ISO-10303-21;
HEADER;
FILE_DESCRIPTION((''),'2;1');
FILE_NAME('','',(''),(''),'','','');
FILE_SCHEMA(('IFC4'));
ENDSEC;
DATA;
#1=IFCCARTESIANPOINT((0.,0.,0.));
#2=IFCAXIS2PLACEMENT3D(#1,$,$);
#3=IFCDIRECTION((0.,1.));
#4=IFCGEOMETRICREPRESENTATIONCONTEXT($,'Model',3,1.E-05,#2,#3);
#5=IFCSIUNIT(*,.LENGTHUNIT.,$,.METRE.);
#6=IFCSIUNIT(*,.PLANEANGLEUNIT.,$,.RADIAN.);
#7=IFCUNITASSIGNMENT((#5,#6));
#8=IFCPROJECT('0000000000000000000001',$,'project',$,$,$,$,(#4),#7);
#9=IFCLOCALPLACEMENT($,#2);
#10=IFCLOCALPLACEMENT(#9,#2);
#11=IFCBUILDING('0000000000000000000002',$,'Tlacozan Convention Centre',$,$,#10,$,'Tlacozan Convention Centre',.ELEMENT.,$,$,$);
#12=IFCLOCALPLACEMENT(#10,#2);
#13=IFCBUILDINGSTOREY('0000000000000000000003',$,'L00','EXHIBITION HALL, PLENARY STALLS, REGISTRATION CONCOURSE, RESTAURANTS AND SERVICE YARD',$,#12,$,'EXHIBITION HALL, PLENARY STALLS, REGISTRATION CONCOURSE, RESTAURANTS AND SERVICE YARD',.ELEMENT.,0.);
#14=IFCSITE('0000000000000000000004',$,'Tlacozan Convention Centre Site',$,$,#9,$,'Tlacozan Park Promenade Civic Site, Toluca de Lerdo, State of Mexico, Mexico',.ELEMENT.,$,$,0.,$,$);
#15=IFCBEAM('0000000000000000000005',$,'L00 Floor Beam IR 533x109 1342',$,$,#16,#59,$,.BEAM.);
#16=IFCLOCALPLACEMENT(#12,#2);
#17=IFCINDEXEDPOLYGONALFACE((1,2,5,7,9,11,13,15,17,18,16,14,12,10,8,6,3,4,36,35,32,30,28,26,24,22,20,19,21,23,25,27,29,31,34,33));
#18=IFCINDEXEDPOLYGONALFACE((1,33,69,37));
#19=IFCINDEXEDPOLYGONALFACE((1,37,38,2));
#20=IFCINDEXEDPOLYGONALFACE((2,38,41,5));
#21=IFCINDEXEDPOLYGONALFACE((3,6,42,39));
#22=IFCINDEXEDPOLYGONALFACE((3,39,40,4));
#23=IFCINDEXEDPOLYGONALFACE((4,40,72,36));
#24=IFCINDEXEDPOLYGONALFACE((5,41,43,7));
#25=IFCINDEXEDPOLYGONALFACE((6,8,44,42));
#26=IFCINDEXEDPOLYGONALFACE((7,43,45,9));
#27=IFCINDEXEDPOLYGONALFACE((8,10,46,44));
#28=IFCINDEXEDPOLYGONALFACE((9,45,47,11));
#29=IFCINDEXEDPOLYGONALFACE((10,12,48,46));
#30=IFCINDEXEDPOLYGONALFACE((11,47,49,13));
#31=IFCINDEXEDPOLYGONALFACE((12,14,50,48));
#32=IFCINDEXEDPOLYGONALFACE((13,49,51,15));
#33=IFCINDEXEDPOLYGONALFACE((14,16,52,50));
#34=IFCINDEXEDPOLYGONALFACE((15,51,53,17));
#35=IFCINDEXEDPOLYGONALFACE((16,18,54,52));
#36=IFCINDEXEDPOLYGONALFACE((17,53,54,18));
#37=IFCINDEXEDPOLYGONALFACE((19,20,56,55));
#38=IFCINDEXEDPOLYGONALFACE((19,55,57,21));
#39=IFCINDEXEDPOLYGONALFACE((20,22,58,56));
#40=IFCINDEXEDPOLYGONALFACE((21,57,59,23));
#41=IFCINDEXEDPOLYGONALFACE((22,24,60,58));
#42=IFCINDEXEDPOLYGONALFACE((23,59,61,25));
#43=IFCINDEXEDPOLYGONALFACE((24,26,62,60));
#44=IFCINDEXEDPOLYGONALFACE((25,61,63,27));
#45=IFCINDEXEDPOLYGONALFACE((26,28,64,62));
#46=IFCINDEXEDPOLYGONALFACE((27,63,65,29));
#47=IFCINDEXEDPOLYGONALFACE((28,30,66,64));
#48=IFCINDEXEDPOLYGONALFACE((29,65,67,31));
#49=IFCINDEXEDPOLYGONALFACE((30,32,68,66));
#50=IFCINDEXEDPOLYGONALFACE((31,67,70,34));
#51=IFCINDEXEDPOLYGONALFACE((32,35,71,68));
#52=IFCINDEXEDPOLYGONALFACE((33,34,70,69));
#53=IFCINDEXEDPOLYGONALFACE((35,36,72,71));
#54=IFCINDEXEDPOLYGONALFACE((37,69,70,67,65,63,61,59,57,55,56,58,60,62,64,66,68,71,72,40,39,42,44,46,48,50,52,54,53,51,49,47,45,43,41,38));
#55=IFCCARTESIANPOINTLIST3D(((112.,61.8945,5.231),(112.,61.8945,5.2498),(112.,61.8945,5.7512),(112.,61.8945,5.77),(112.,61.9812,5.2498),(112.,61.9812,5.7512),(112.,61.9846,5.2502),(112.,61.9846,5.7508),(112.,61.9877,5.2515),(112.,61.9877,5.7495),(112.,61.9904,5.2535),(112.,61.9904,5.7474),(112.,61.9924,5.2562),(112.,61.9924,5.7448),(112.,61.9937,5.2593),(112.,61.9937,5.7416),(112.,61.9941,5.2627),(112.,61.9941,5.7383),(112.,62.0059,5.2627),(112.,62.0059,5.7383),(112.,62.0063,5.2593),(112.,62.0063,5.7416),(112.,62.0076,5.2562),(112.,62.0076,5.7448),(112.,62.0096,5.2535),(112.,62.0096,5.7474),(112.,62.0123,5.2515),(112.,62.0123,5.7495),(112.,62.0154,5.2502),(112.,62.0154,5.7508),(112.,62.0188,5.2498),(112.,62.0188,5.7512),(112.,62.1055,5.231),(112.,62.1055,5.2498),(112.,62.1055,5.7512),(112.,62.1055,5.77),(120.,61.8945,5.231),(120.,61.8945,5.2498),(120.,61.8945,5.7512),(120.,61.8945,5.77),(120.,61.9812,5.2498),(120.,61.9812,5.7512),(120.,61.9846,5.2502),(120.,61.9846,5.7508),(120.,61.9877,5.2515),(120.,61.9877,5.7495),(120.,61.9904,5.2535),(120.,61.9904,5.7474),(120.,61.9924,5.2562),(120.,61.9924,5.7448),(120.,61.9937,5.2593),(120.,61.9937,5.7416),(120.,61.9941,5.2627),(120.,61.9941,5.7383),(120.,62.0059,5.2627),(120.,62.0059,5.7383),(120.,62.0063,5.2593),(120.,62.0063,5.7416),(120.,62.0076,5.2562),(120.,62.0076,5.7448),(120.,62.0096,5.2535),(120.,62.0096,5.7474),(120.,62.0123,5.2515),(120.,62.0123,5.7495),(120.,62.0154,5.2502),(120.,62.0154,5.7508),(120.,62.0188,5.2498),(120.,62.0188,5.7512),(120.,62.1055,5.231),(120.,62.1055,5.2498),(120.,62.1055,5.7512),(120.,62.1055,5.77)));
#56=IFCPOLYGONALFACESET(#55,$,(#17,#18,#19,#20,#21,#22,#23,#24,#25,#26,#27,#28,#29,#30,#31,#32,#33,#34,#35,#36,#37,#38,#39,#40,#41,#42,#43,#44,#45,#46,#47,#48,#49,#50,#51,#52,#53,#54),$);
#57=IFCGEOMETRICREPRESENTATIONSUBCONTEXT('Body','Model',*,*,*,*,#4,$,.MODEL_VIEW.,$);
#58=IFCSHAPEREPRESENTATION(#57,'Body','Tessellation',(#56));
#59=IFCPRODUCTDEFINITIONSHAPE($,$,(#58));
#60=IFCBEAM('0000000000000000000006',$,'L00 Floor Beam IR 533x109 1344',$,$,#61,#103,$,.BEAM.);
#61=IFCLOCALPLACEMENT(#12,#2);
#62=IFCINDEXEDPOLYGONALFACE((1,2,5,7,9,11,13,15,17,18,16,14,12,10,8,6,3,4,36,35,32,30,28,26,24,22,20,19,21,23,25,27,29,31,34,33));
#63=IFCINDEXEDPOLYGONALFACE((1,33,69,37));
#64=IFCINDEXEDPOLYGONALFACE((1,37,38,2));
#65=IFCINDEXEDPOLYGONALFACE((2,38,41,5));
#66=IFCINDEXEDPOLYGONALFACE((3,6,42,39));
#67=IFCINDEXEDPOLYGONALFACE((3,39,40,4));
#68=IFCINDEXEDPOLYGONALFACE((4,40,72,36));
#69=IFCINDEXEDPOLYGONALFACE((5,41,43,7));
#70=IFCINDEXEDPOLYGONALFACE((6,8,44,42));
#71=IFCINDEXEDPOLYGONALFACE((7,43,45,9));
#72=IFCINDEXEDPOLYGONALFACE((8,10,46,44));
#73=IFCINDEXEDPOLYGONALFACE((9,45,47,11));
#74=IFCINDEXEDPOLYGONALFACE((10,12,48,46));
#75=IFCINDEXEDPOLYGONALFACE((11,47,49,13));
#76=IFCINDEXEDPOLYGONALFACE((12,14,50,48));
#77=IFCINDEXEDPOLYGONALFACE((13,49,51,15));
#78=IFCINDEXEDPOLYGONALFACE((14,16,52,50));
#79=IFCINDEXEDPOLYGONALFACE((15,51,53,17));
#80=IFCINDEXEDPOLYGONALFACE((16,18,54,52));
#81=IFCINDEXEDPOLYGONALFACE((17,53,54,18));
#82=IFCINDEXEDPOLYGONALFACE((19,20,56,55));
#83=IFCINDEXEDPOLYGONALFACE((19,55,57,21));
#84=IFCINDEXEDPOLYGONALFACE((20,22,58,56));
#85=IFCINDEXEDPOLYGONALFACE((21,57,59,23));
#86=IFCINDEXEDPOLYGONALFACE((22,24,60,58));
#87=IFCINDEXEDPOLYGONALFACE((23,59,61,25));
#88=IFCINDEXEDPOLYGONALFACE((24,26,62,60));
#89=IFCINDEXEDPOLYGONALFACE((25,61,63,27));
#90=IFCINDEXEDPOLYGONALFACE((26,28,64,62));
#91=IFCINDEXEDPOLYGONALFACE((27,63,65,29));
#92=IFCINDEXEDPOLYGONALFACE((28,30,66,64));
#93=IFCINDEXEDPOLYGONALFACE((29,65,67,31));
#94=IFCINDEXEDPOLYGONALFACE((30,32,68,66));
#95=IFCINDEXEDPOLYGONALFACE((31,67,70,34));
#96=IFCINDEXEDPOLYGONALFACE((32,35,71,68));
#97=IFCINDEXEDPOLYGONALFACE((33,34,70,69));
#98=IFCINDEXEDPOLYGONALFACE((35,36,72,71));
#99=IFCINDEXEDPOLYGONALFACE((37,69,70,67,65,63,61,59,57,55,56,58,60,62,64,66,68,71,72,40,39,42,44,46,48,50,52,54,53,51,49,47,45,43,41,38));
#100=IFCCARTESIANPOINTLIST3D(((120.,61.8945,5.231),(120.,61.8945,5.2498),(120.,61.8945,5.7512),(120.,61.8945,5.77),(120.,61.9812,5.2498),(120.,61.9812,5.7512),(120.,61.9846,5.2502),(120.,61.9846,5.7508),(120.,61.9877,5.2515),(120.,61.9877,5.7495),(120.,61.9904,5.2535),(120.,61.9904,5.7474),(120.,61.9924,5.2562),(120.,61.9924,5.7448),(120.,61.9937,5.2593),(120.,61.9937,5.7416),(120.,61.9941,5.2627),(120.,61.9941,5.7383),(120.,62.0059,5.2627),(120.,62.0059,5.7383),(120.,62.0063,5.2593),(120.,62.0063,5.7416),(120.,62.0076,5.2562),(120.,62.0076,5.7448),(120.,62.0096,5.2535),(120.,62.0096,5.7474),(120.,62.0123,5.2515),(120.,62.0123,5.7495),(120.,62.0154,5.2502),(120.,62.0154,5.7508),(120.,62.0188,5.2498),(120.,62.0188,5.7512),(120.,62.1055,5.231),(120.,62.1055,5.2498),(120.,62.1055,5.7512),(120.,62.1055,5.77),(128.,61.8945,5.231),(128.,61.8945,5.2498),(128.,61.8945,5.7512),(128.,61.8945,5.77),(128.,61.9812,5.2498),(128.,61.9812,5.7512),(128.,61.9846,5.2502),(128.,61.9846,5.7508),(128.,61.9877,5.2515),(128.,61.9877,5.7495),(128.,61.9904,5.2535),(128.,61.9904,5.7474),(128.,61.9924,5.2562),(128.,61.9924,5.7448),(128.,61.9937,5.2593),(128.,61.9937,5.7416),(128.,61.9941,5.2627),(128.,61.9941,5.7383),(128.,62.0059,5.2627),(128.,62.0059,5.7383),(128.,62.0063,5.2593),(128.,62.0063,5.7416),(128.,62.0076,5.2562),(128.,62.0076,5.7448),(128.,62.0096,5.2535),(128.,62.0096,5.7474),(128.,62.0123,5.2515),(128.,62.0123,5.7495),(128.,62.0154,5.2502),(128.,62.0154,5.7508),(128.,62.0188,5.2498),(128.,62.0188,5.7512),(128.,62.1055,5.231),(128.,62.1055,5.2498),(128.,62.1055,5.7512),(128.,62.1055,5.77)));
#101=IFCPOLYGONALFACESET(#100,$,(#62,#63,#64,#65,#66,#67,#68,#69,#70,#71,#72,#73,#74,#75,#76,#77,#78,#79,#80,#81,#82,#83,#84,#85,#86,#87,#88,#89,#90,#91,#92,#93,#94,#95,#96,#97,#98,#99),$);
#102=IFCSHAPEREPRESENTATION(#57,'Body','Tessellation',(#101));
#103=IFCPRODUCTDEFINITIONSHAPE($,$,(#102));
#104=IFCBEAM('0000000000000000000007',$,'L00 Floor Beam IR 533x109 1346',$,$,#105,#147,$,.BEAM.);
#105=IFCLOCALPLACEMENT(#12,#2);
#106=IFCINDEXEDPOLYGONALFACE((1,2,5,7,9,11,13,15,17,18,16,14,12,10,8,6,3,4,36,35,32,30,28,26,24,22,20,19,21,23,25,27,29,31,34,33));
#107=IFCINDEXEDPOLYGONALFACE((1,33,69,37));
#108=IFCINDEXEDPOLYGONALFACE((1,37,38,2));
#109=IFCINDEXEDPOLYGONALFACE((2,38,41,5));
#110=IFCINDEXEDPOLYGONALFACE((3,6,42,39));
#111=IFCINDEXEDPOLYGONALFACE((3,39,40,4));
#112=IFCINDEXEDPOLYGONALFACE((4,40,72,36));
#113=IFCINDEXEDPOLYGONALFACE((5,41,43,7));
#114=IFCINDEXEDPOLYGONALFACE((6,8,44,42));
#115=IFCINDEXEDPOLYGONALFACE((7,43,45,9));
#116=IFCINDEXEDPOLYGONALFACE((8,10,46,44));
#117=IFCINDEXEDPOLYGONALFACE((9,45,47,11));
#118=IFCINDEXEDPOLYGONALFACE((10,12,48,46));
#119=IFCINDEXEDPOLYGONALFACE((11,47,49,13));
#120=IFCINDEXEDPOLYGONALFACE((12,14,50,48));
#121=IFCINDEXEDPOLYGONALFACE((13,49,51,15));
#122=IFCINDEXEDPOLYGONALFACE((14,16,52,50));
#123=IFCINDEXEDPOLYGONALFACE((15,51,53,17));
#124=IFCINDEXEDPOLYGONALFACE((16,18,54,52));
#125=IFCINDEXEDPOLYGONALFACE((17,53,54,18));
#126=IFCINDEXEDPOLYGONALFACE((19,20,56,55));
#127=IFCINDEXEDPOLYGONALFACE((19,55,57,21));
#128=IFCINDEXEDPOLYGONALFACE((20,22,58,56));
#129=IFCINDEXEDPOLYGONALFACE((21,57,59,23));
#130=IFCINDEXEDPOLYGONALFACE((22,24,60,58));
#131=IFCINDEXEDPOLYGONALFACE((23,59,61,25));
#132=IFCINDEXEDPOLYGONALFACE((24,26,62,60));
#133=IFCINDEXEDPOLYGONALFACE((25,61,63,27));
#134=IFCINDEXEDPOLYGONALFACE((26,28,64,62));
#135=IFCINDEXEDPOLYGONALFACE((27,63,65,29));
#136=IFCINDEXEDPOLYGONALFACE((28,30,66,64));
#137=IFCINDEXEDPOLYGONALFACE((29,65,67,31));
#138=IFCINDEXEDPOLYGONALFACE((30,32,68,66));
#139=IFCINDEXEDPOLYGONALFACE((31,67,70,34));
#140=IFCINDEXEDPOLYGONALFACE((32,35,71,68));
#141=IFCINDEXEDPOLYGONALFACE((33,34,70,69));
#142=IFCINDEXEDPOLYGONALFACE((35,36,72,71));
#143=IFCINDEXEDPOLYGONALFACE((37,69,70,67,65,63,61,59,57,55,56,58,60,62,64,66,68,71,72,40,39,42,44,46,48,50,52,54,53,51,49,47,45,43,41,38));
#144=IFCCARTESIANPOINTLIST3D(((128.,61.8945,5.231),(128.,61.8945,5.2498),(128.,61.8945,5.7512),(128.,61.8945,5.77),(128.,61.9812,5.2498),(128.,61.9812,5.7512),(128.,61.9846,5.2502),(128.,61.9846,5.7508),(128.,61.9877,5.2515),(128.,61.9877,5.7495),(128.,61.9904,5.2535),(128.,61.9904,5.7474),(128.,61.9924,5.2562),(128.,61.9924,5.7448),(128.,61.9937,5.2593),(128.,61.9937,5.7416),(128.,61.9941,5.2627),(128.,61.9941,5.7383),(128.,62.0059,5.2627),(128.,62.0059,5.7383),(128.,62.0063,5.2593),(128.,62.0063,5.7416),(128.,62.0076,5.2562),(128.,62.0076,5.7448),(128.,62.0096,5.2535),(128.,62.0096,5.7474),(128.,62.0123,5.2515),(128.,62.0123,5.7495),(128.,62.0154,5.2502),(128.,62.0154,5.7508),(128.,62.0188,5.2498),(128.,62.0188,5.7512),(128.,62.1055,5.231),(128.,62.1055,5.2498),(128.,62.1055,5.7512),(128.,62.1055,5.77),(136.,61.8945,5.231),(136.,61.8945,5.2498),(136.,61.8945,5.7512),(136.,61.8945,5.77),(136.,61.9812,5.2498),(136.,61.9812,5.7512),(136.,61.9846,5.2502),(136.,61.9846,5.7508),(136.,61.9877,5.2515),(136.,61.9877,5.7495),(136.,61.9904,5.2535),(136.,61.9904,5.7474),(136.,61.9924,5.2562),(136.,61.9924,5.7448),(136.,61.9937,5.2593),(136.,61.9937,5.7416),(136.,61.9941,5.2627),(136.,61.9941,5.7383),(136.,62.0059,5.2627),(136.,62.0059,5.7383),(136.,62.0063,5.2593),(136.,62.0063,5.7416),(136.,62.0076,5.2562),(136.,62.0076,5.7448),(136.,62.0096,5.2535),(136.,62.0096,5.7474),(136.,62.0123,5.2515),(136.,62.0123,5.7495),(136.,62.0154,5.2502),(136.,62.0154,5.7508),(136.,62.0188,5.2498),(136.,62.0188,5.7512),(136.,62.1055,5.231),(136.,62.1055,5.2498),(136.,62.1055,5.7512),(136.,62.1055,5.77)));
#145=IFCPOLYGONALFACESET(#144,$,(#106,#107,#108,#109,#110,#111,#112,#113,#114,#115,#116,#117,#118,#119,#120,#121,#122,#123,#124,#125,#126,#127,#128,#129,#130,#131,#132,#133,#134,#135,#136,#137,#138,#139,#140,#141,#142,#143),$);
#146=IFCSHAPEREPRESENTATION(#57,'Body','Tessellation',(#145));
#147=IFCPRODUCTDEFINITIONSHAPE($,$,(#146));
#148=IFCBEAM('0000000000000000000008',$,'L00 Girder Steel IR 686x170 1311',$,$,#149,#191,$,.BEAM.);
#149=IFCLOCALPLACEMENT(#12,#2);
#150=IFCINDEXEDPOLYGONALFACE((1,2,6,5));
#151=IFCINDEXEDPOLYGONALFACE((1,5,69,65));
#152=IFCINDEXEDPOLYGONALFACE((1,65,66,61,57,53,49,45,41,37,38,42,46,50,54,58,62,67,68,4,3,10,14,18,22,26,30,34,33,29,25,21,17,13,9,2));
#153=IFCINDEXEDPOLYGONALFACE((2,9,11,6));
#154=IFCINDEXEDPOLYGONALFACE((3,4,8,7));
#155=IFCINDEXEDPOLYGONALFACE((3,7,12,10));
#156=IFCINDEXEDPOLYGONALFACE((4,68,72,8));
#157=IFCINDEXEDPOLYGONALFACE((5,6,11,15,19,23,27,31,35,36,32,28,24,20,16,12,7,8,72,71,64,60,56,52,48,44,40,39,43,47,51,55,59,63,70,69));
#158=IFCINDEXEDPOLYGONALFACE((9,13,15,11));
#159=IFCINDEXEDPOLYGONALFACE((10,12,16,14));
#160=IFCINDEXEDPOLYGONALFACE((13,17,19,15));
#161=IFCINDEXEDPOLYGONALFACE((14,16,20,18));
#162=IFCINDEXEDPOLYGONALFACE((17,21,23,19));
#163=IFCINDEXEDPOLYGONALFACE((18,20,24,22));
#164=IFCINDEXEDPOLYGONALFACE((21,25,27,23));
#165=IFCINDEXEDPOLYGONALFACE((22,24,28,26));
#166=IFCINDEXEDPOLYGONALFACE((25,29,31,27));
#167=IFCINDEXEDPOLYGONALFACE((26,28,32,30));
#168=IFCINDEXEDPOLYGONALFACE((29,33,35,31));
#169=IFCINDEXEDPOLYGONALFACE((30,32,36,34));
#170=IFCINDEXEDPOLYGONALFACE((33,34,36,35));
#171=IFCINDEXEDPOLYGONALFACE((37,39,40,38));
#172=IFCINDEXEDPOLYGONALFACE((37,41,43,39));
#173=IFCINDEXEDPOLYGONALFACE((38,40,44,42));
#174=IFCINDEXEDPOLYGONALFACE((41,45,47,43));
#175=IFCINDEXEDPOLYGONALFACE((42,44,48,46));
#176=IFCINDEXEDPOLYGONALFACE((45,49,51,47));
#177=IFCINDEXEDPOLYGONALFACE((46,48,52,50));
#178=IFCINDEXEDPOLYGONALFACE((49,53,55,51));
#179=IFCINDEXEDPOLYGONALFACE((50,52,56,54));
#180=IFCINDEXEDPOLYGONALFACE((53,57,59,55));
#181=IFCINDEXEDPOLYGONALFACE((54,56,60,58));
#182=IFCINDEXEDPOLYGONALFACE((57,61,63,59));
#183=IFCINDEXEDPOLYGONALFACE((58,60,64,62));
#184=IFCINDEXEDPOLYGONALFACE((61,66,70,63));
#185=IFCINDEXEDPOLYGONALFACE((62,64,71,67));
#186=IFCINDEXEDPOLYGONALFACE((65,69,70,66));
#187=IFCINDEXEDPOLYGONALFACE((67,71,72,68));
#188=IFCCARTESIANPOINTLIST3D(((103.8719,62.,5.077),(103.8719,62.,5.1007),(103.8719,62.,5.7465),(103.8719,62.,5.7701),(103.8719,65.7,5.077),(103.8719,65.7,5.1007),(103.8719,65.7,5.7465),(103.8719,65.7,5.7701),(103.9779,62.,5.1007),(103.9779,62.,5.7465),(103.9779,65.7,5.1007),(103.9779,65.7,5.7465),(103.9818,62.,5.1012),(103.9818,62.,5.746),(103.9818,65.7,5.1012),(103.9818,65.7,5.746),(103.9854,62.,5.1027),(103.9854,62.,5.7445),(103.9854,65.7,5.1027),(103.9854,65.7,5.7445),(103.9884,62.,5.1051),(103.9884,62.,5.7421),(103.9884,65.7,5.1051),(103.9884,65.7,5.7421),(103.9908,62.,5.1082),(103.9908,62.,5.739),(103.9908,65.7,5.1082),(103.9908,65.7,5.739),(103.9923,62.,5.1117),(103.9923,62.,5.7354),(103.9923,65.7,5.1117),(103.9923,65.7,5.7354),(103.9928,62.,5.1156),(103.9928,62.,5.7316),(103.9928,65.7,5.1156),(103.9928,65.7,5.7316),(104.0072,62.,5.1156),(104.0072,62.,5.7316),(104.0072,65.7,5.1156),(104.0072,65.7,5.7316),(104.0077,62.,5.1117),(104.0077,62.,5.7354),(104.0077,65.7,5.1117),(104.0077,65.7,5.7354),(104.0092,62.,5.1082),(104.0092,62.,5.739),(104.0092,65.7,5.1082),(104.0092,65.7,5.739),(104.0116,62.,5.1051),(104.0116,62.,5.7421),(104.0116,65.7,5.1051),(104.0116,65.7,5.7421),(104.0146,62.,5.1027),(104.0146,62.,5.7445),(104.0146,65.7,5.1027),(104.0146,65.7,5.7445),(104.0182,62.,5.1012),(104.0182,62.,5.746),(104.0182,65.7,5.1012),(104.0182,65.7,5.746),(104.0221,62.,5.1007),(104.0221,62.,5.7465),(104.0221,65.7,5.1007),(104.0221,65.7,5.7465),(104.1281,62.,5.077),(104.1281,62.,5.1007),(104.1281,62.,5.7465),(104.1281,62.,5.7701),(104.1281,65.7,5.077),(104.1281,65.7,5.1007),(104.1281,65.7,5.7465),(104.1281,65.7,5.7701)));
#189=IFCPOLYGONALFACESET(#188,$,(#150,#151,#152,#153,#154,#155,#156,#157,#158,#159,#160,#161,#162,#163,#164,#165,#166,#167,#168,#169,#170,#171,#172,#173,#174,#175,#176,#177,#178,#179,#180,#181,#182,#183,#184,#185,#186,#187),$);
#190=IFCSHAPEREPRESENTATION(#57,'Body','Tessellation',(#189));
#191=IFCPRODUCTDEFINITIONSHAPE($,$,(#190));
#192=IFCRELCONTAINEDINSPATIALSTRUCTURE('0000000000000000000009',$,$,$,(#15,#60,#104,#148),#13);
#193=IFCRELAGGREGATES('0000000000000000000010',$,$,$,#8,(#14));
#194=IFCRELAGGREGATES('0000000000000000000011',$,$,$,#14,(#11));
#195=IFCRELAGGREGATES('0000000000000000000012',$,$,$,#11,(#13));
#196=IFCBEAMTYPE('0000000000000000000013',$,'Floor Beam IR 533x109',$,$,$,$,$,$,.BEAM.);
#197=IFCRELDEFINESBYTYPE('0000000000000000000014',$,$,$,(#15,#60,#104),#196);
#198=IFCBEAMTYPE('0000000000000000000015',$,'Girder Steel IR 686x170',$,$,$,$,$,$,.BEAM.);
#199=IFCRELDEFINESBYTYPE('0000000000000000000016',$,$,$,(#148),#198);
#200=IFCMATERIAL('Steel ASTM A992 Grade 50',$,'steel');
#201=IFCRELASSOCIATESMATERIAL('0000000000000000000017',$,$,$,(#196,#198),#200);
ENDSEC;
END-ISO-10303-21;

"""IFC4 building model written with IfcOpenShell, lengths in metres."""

from ifc_helpers import new_model, si_unit, direction, frame, origin, origin_2d, place, context, subcontext, project, spatial, i_section, extrude, material, material_profile, profile_set, type_object, element, save


model = new_model("IFC4")

# Units and contexts
model_context = context("Model", 3, precision=1e-05, world=origin(), true_north=direction((0.0, 1.0)))
body_context = subcontext(model_context, "Body", "Model", "MODEL_VIEW")
ifc_project = project(units=[si_unit("LENGTHUNIT", "METRE"), si_unit("PLANEANGLEUNIT", "RADIAN")], contexts=[model_context])

# Site, building, storey
site_placement = place(None, origin())
site = spatial("IfcSite", under=ifc_project, at=site_placement, Name="Tlacozan Convention Centre Site", LongName="Tlacozan Park Promenade Civic Site, Toluca de Lerdo, State of Mexico, Mexico", CompositionType="ELEMENT", RefElevation=0.0)
building_placement = place(site_placement, origin())
building = spatial("IfcBuilding", under=site, at=building_placement, Name="Tlacozan Convention Centre", LongName="Tlacozan Convention Centre", CompositionType="ELEMENT")
storey_placement = place(building_placement, origin())
storey = spatial("IfcBuildingStorey", under=building, at=storey_placement, Name="L00", Description="EXHIBITION HALL, PLENARY STALLS, REGISTRATION CONCOURSE, RESTAURANTS AND SERVICE YARD", LongName="EXHIBITION HALL, PLENARY STALLS, REGISTRATION CONCOURSE, RESTAURANTS AND SERVICE YARD", CompositionType="ELEMENT", Elevation=0.0)

# Beams
ifc_material_1 = material(Name="Steel ASTM A992 Grade 50", Category="steel")
ifc_material_profile_1 = material_profile(ifc_material_1, i_section(OverallWidth=0.2109, OverallDepth=0.5391, WebThickness=0.0117, FlangeThickness=0.0188, FilletRadius=0.0129, at=origin_2d()), Name="IR 533x109.0")
ifc_profile_set_1 = profile_set([ifc_material_profile_1], Name="Steel ASTM A992 Grade 50")
beam_type_1 = type_object("IfcBeamType", Name="Floor Beam IR 533x109", PredefinedType="BEAM", material=ifc_profile_set_1)
for number, where, z_axis, x_axis, name in (
    (1, (112.0, 62.0, 5.5005), (1.0, 0.0, 0.0), (0.0, 1.0, 0.0), "L00 Floor Beam IR 533x109 1342"),
    (2, (120.0, 62.0, 5.5005), (1.0, 0.0, 0.0), (0.0, 1.0, 0.0), "L00 Floor Beam IR 533x109 1344"),
    (3, (128.0, 62.0, 5.5005), (1.0, 0.0, 0.0), (0.0, 1.0, 0.0), "L00 Floor Beam IR 533x109 1346"),
):
    element("IfcBeam", number, at=place(storey_placement, frame(where, z_axis=z_axis, x_axis=x_axis)), inside=storey, type_object=beam_type_1, Name=name, PredefinedType="BEAM", context=body_context, shape_type="SweptSolid", body=[
        extrude(i_section(OverallWidth=0.2109, OverallDepth=0.5391, WebThickness=0.0117, FlangeThickness=0.0188, FilletRadius=0.0129, at=origin_2d()), origin(), (0.0, 0.0, 1.0), 8.0),
    ])
ifc_material_profile_2 = material_profile(ifc_material_1, i_section(OverallWidth=0.2561, OverallDepth=0.6931, WebThickness=0.0144, FlangeThickness=0.0237, FilletRadius=0.0149, at=origin_2d()), Name="IR 686x170.0")
ifc_profile_set_2 = profile_set([ifc_material_profile_2], Name="Steel ASTM A992 Grade 50")
beam_type_2 = type_object("IfcBeamType", Name="Girder Steel IR 686x170", PredefinedType="BEAM", material=ifc_profile_set_2)
for number, where, z_axis, x_axis, name in (
    (4, (104.0, 62.0, 5.4236), (0.0, 1.0, 0.0), (-1.0, 0.0, 0.0), "L00 Girder Steel IR 686x170 1311"),
):
    element("IfcBeam", number, at=place(storey_placement, frame(where, z_axis=z_axis, x_axis=x_axis)), inside=storey, type_object=beam_type_2, Name=name, PredefinedType="BEAM", context=body_context, shape_type="SweptSolid", body=[
        extrude(i_section(OverallWidth=0.2561, OverallDepth=0.6931, WebThickness=0.0144, FlangeThickness=0.0237, FilletRadius=0.0149, at=origin_2d()), origin(), (0.0, 0.0, 1.0), 3.7),
    ])

save(model, "model.ifc")
